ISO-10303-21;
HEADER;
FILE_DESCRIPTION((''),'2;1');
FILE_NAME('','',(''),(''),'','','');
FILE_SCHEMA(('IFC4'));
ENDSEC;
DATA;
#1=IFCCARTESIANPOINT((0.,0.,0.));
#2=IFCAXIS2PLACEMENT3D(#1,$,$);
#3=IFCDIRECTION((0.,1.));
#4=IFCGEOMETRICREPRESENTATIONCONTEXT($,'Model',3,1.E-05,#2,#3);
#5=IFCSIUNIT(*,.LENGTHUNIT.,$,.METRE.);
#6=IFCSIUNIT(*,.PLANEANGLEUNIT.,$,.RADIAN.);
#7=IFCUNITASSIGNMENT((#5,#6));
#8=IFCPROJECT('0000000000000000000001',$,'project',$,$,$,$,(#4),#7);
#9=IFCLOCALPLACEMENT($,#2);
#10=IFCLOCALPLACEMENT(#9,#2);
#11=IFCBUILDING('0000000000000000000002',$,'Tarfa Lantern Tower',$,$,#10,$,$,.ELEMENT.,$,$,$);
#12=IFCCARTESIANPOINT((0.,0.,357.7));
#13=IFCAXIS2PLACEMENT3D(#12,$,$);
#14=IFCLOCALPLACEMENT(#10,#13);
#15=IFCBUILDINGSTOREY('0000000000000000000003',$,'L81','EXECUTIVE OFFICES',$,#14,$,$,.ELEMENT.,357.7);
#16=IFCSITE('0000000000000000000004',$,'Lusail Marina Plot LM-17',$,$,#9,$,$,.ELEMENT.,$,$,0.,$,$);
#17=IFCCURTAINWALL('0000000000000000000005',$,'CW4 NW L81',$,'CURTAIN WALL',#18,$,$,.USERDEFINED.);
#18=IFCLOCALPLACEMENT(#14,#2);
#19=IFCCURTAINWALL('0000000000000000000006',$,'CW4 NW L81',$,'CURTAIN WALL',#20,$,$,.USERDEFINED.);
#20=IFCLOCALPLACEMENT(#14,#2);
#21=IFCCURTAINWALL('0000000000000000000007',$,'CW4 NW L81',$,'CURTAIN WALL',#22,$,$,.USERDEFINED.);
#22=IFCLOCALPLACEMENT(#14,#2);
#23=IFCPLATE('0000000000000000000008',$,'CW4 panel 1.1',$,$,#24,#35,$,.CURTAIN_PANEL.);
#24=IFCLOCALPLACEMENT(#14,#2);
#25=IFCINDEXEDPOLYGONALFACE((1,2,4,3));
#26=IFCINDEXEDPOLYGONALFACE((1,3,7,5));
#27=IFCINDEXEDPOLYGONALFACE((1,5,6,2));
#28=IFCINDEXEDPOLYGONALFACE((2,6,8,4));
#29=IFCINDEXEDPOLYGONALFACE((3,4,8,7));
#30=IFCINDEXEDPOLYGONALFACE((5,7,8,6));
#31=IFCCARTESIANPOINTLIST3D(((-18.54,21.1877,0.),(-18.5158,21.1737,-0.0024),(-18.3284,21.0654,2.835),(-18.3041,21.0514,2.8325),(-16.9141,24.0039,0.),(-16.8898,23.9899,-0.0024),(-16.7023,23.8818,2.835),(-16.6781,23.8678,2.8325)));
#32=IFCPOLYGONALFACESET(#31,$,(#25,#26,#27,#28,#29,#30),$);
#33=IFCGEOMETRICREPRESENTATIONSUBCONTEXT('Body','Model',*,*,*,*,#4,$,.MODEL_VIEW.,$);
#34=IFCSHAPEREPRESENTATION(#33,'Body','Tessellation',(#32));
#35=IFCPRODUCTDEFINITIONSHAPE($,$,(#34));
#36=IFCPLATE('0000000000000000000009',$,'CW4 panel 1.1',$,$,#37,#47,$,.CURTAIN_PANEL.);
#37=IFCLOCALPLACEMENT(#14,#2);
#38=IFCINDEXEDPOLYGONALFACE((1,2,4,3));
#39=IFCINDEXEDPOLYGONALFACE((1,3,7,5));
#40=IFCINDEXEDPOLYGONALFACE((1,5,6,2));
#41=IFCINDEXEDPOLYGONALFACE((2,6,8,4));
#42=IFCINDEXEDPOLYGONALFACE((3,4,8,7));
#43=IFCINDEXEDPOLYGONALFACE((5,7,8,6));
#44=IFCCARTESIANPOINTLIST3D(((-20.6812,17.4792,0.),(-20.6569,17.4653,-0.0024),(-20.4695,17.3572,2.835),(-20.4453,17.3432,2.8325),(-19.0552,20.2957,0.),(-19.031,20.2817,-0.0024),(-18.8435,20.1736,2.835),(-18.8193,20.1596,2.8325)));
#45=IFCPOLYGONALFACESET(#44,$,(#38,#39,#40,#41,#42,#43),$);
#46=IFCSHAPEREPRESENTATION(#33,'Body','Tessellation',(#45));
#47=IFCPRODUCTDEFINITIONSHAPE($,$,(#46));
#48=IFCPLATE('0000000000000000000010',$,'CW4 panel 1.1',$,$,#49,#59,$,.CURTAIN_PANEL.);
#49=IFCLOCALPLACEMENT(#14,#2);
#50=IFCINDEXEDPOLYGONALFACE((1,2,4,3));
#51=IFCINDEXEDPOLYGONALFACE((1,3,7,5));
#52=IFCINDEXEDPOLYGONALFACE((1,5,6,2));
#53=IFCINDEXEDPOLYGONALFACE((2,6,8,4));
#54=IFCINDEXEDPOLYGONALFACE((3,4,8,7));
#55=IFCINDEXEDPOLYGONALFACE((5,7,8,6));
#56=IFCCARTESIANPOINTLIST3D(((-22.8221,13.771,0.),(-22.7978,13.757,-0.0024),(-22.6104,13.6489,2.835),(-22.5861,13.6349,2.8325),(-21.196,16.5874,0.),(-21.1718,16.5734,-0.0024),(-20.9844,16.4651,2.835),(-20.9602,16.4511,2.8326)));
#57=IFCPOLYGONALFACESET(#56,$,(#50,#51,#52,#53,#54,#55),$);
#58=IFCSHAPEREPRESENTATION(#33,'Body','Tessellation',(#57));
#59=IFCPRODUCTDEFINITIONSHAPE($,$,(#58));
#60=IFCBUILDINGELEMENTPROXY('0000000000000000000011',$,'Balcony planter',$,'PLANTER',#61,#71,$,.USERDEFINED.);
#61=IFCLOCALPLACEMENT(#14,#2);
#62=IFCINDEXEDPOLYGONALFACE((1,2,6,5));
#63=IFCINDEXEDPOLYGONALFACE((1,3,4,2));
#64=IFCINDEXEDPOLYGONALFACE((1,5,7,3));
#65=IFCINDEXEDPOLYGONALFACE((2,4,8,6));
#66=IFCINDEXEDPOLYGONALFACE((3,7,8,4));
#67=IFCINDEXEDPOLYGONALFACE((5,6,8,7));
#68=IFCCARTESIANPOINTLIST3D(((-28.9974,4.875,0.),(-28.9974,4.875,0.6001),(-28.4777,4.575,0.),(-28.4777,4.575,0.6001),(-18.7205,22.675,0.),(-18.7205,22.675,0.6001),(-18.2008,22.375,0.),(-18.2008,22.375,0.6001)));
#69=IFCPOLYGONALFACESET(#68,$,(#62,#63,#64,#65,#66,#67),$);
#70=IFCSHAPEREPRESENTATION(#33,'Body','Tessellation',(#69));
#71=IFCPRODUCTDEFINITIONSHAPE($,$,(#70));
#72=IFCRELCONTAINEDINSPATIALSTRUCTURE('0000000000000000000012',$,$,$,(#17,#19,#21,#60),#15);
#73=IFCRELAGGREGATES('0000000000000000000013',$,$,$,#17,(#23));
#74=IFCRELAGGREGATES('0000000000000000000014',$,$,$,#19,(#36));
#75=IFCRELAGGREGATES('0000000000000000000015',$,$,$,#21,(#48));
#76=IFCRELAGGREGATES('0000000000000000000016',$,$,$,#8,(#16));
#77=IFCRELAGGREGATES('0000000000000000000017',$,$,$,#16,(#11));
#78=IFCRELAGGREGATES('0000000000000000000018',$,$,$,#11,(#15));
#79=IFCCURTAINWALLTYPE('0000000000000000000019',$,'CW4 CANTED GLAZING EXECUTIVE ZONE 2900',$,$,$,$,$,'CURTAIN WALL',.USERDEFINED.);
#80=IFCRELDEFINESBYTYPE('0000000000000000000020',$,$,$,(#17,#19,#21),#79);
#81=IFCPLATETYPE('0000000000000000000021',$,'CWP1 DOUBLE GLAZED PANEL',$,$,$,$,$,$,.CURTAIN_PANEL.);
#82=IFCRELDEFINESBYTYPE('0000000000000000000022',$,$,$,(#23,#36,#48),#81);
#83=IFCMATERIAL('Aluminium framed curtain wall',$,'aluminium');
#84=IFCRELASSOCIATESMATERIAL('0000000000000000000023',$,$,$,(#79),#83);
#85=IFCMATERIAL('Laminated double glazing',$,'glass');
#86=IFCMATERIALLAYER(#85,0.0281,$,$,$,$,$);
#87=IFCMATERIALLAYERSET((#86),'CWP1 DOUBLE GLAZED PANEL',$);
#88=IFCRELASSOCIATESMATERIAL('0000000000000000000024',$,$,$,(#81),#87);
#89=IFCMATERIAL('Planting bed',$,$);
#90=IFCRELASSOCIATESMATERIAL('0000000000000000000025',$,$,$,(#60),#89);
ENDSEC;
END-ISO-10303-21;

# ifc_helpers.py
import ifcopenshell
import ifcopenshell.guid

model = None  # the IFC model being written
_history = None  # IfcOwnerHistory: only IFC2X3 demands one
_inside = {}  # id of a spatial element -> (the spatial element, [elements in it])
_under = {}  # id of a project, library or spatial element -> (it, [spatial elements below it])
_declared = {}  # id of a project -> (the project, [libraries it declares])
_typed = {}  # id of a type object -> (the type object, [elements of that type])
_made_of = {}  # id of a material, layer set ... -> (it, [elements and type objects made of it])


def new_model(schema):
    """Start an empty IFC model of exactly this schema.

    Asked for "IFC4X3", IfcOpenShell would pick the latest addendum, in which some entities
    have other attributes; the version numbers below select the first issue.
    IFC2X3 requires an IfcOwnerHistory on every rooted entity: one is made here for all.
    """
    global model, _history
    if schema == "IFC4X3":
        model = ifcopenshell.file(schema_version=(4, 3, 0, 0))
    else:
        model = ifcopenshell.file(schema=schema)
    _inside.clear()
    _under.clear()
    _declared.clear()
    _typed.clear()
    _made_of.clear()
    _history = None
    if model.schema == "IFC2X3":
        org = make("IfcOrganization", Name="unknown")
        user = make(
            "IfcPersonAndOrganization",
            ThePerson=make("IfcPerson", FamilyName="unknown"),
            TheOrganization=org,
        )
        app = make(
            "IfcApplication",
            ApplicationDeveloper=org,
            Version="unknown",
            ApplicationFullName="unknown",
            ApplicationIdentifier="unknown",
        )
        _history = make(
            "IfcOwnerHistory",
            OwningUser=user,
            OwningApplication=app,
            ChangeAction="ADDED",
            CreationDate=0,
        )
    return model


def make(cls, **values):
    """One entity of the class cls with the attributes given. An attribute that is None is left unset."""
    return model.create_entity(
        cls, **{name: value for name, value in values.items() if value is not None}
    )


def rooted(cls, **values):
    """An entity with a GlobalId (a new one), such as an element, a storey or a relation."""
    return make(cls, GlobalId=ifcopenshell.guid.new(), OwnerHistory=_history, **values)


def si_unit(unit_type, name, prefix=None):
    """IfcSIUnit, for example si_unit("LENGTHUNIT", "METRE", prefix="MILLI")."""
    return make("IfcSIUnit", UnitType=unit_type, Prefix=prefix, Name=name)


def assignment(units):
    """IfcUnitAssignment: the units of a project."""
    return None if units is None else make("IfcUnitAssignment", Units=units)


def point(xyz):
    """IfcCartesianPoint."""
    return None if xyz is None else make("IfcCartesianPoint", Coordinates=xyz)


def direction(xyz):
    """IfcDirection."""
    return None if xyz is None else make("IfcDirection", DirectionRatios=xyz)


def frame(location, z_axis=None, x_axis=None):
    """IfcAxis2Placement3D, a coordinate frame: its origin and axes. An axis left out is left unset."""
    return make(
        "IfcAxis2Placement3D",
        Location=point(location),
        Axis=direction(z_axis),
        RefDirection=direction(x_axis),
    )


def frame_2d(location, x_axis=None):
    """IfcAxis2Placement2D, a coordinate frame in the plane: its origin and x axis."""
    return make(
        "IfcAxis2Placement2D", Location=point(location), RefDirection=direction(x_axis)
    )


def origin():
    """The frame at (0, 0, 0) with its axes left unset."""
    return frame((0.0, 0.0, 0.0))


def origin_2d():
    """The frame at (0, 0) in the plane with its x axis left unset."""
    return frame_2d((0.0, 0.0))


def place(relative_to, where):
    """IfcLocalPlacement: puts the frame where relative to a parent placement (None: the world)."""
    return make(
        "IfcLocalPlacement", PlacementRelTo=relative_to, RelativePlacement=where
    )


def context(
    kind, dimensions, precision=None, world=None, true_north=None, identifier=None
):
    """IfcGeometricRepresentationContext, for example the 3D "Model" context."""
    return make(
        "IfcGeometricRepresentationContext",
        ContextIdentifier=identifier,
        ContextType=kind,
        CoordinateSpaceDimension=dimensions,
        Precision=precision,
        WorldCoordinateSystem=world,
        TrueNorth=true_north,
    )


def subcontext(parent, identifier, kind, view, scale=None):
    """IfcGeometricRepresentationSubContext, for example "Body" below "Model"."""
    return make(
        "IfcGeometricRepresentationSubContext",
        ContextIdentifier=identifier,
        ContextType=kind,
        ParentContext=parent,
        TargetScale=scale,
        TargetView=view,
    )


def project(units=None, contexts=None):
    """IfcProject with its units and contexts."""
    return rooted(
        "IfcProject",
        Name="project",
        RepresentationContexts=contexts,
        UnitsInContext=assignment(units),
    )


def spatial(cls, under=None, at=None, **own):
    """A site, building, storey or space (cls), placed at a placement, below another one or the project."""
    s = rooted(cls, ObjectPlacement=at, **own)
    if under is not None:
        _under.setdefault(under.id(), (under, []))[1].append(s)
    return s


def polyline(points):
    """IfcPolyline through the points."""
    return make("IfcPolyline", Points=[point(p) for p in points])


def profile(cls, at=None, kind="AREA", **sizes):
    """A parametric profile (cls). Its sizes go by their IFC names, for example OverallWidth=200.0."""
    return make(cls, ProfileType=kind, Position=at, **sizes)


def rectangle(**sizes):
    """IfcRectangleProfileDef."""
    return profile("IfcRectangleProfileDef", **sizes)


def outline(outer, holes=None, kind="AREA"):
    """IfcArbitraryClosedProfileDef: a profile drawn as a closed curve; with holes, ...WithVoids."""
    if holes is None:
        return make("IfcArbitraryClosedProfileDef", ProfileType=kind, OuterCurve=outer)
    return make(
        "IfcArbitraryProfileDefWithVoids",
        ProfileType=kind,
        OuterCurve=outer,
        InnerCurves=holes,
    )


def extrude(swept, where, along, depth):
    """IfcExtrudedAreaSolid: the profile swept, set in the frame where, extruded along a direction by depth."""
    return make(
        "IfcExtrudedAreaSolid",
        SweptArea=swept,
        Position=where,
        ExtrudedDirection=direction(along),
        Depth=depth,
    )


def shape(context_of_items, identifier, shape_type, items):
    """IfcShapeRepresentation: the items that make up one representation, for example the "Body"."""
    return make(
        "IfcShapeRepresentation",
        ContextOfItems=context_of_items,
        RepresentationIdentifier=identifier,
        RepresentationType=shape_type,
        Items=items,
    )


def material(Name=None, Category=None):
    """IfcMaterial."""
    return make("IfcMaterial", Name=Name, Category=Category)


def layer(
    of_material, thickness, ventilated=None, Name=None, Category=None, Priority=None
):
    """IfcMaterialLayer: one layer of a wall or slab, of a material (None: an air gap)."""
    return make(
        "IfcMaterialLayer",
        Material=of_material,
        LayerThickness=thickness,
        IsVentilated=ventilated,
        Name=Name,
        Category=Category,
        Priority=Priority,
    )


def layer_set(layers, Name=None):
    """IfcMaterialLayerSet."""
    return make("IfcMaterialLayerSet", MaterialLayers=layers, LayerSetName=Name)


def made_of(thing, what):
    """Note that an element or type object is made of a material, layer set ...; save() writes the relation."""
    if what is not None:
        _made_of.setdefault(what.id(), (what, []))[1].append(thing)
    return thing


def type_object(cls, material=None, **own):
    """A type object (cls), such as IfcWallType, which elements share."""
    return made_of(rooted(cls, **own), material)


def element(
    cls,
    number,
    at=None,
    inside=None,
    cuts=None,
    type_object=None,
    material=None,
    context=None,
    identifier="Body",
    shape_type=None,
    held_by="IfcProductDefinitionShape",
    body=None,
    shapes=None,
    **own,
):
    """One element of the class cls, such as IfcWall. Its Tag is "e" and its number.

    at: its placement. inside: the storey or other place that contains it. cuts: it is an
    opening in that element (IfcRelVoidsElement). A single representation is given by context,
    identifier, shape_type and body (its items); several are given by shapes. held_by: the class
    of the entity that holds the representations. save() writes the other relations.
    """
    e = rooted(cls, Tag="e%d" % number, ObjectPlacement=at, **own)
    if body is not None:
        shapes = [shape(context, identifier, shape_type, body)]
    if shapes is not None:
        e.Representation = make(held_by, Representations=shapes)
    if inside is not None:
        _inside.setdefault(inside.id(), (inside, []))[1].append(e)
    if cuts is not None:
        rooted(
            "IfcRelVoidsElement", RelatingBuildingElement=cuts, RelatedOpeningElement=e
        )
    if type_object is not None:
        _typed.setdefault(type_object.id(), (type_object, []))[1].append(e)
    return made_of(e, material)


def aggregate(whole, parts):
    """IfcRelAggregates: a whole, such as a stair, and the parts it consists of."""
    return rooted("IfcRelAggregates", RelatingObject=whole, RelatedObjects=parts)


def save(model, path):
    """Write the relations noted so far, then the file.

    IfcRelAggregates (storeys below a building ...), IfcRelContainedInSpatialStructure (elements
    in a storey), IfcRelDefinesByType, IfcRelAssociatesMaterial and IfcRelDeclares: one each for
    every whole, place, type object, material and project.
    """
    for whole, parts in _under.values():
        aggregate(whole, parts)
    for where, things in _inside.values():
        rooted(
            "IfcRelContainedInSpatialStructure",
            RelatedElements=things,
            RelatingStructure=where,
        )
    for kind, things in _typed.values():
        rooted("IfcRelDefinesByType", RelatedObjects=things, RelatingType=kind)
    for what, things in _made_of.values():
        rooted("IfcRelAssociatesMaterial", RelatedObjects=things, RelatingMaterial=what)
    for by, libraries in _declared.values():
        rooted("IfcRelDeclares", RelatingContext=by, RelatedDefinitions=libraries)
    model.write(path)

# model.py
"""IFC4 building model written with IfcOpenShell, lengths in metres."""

from ifc_helpers import new_model, si_unit, direction, frame, origin, origin_2d, place, context, subcontext, project, spatial, polyline, rectangle, outline, extrude, material, layer, layer_set, type_object, element, aggregate, save


model = new_model("IFC4")

# Units and contexts
model_context = context("Model", 3, precision=1e-05, world=origin(), true_north=direction((0.0, 1.0)))
body_context = subcontext(model_context, "Body", "Model", "MODEL_VIEW")
ifc_project = project(units=[si_unit("LENGTHUNIT", "METRE"), si_unit("PLANEANGLEUNIT", "RADIAN")], contexts=[model_context])

# Site, building, storey
site_placement = place(None, origin())
site = spatial("IfcSite", under=ifc_project, at=site_placement, Name="Lusail Marina Plot LM-17", CompositionType="ELEMENT", RefElevation=0.0)
building_placement = place(site_placement, origin())
building = spatial("IfcBuilding", under=site, at=building_placement, Name="Tarfa Lantern Tower", CompositionType="ELEMENT")
storey_placement = place(building_placement, frame((0.0, 0.0, 357.7)))
storey = spatial("IfcBuildingStorey", under=building, at=storey_placement, Name="L81", Description="EXECUTIVE OFFICES", CompositionType="ELEMENT", Elevation=357.7)

# Curtain wall
ifc_material_1 = material(Name="Aluminium framed curtain wall", Category="aluminium")
curtain_wall_type = type_object("IfcCurtainWallType", Name="CW4 CANTED GLAZING EXECUTIVE ZONE 2900", ElementType="CURTAIN WALL", PredefinedType="USERDEFINED", material=ifc_material_1)
curtain_wall_1_placement = place(storey_placement, origin())
curtain_wall_1 = element("IfcCurtainWall", 1, at=curtain_wall_1_placement, inside=storey, type_object=curtain_wall_type, Name="CW4 NW L81", ObjectType="CURTAIN WALL", PredefinedType="USERDEFINED")

# Curtain walls
curtain_wall_2_placement = place(storey_placement, origin())
curtain_wall_2 = element("IfcCurtainWall", 2, at=curtain_wall_2_placement, inside=storey, type_object=curtain_wall_type, Name="CW4 NW L81", ObjectType="CURTAIN WALL", PredefinedType="USERDEFINED")
curtain_wall_3_placement = place(storey_placement, origin())
curtain_wall_3 = element("IfcCurtainWall", 3, at=curtain_wall_3_placement, inside=storey, type_object=curtain_wall_type, Name="CW4 NW L81", ObjectType="CURTAIN WALL", PredefinedType="USERDEFINED")

# Plates
ifc_material_2 = material(Name="Laminated double glazing", Category="glass")
ifc_layer = layer(ifc_material_2, 0.0281)
ifc_layer_set = layer_set([ifc_layer], Name="CWP1 DOUBLE GLAZED PANEL")
plate_type = type_object("IfcPlateType", Name="CWP1 DOUBLE GLAZED PANEL", PredefinedType="CURTAIN_PANEL", material=ifc_layer_set)
plate_1_placement = place(storey_placement, frame((-16.9141, 24.0039, 0.0), z_axis=(-0.862826, 0.498151, 0.085893), x_axis=(-0.499999, -0.866026, -0.000002)))
plate_1 = element("IfcPlate", 4, at=plate_1_placement, type_object=plate_type, Name="CW4 panel 1.1", PredefinedType="CURTAIN_PANEL", context=body_context, shape_type="SweptSolid", body=[
    extrude(outline(polyline([(0.0, 0.0), (3.2519, 0.0), (3.2519, 2.8455), (-0.0001, 2.8455), (0.0, 0.0)])), origin(), (0.0, 0.0, -1.0), 0.0281),
])
aggregate(curtain_wall_1, [plate_1])
plate_2_placement = place(storey_placement, frame((-19.0552, 20.2957, 0.0), z_axis=(-0.862837, 0.498136, 0.085872), x_axis=(-0.499982, -0.866036, 0.0)))
plate_2 = element("IfcPlate", 5, at=plate_2_placement, type_object=plate_type, Name="CW4 panel 1.1", PredefinedType="CURTAIN_PANEL", context=body_context, shape_type="SweptSolid", body=[
    extrude(outline(polyline([(0.0, 0.0), (3.2521, 0.0), (3.252, 2.8455), (-0.0001, 2.8455), (0.0, 0.0)])), origin(), (0.0, 0.0, -1.0), 0.0281),
])
aggregate(curtain_wall_2, [plate_2])
plate_3_placement = place(storey_placement, frame((-21.196, 16.5874, 0.0), z_axis=(-0.862826, 0.498151, 0.085893), x_axis=(-0.499999, -0.866026, 0.000002)))
plate_3 = element("IfcPlate", 6, at=plate_3_placement, type_object=plate_type, Name="CW4 panel 1.1", PredefinedType="CURTAIN_PANEL", context=body_context, shape_type="SweptSolid", body=[
    extrude(outline(polyline([(0.0, 0.0), (3.2521, 0.0), (3.252, 2.8455), (0.0001, 2.8455), (0.0, 0.0)])), origin(), (0.0, 0.0, -1.0), 0.0281),
])
aggregate(curtain_wall_3, [plate_3])

# Building element proxy
ifc_material_3 = material(Name="Planting bed")
proxy_placement = place(storey_placement, frame((-23.5991, 13.625, 0.0), z_axis=(0.0, 0.0, 1.0), x_axis=(-0.5, -0.866025, 0.0)))
element("IfcBuildingElementProxy", 7, at=proxy_placement, inside=storey, material=ifc_material_3, Name="Balcony planter", ObjectType="PLANTER", PredefinedType="USERDEFINED", context=body_context, shape_type="SweptSolid", body=[
    extrude(rectangle(XDim=20.5537, YDim=0.6001, at=origin_2d()), origin(), (0.0, 0.0, 1.0), 0.6001),
])

save(model, "model.ifc")
